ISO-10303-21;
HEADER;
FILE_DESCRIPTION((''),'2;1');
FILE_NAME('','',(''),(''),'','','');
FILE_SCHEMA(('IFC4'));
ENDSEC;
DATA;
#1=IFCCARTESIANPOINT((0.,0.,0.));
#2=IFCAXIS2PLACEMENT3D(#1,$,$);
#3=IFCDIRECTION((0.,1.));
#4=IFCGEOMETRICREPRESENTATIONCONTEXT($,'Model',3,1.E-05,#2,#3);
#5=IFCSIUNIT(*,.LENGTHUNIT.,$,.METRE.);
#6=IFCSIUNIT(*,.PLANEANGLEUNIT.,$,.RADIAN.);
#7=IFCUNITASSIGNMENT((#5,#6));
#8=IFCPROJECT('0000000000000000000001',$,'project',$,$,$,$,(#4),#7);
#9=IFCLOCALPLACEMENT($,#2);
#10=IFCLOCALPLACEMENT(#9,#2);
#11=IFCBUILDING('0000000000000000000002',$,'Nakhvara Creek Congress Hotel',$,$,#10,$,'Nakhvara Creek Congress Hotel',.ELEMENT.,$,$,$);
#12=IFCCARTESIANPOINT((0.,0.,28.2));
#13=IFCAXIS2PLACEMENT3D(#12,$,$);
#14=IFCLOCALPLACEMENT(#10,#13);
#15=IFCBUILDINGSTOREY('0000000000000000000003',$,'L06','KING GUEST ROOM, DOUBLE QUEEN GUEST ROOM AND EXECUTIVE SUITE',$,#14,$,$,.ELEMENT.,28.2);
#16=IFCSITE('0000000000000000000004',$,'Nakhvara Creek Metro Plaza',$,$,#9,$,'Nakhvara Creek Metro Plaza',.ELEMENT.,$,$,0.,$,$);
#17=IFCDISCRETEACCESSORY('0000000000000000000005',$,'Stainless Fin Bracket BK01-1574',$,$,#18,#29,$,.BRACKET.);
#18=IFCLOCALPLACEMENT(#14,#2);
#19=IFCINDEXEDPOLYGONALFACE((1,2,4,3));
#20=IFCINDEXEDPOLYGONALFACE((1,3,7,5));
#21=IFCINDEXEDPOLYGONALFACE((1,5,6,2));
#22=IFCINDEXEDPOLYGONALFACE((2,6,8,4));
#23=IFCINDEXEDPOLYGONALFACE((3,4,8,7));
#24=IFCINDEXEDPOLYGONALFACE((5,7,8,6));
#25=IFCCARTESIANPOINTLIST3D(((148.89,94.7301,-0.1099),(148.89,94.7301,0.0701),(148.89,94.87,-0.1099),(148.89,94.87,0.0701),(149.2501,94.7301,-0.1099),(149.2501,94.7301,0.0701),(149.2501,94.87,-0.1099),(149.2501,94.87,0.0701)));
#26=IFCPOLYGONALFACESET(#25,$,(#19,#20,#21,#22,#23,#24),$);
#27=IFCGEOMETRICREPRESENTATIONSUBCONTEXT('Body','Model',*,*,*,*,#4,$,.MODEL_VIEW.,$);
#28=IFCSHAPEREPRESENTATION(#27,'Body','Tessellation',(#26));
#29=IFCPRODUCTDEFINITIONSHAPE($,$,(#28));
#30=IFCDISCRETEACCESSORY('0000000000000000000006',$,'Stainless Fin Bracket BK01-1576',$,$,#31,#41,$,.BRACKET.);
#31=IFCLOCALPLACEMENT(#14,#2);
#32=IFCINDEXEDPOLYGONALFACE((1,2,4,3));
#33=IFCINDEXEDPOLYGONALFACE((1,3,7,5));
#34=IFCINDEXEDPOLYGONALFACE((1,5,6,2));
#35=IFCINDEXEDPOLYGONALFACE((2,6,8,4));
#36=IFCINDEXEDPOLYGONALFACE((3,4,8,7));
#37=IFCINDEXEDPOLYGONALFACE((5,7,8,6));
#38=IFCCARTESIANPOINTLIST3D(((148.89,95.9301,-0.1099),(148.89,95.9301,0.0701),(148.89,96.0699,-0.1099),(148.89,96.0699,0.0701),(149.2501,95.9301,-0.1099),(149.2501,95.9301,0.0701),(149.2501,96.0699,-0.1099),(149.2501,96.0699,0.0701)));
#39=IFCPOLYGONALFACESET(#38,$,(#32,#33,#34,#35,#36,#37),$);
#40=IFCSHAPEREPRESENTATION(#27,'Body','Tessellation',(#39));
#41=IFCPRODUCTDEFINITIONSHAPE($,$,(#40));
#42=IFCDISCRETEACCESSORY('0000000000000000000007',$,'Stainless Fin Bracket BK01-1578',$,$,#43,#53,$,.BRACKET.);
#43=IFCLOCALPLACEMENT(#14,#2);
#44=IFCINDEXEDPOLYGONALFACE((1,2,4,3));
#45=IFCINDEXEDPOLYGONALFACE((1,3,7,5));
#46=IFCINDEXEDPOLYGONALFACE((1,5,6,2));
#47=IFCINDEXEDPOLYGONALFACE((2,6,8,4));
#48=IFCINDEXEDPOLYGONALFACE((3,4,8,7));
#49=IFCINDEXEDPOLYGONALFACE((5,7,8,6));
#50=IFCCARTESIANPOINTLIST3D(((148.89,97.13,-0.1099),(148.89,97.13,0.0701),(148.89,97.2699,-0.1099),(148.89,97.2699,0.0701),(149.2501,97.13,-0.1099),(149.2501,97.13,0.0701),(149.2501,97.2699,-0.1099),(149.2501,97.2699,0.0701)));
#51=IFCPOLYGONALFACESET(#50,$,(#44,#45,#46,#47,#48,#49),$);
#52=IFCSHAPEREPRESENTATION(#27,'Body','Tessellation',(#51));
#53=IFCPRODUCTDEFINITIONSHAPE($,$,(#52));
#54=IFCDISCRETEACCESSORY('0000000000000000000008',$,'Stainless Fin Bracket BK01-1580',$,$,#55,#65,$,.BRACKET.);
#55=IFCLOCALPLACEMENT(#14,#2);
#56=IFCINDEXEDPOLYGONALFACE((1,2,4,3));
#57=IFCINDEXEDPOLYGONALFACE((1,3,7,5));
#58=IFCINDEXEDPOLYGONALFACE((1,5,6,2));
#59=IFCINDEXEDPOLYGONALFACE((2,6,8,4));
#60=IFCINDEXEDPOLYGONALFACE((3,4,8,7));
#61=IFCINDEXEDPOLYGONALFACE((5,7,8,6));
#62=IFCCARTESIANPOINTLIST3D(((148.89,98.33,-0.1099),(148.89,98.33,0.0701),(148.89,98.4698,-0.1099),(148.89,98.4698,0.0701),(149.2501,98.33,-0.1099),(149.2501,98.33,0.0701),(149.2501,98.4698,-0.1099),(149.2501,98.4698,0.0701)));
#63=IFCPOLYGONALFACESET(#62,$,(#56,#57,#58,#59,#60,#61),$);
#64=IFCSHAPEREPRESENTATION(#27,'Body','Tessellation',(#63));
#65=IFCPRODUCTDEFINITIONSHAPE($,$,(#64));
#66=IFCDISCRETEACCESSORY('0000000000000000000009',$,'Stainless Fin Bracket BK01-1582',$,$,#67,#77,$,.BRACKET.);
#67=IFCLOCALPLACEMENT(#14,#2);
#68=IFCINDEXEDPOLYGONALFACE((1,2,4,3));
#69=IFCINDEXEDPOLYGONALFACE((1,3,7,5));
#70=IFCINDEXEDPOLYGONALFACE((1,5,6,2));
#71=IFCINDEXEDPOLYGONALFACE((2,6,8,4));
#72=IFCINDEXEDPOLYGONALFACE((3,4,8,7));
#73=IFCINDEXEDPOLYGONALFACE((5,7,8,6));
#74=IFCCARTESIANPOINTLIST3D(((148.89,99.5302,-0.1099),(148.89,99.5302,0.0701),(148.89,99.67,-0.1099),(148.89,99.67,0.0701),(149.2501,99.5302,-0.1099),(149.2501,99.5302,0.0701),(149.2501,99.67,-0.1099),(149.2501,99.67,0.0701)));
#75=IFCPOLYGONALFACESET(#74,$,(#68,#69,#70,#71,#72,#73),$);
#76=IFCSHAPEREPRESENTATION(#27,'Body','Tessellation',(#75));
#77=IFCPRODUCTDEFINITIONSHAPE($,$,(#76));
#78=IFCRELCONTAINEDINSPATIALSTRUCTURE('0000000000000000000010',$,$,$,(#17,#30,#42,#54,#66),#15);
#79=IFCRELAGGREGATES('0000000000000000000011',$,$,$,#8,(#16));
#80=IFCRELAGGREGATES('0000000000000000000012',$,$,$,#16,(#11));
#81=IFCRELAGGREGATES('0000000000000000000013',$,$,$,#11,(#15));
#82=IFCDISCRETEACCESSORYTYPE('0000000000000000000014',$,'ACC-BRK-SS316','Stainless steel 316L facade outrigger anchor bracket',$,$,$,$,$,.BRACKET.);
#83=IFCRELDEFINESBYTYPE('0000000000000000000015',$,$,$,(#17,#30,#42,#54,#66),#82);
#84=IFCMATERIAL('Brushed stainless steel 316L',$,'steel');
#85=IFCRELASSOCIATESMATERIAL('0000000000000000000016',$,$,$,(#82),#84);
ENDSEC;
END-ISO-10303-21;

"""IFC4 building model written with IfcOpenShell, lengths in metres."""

from ifc_helpers import new_model, si_unit, direction, frame, origin, origin_2d, place, context, subcontext, project, spatial, rectangle, extrude, material, type_object, element, save


model = new_model("IFC4")

# Units and contexts
model_context = context("Model", 3, precision=1e-05, world=origin(), true_north=direction((0.0, 1.0)))
body_context = subcontext(model_context, "Body", "Model", "MODEL_VIEW")
ifc_project = project(units=[si_unit("LENGTHUNIT", "METRE"), si_unit("PLANEANGLEUNIT", "RADIAN")], contexts=[model_context])

# Site, building, storey
site_placement = place(None, origin())
site = spatial("IfcSite", under=ifc_project, at=site_placement, Name="Nakhvara Creek Metro Plaza", LongName="Nakhvara Creek Metro Plaza", CompositionType="ELEMENT", RefElevation=0.0)
building_placement = place(site_placement, origin())
building = spatial("IfcBuilding", under=site, at=building_placement, Name="Nakhvara Creek Congress Hotel", LongName="Nakhvara Creek Congress Hotel", CompositionType="ELEMENT")
storey_placement = place(building_placement, frame((0.0, 0.0, 28.2)))
storey = spatial("IfcBuildingStorey", under=building, at=storey_placement, Name="L06", Description="KING GUEST ROOM, DOUBLE QUEEN GUEST ROOM AND EXECUTIVE SUITE", CompositionType="ELEMENT", Elevation=28.2)

# Discrete accessories
ifc_material_1 = material(Name="Brushed stainless steel 316L", Category="steel")
discrete_accessory_type = type_object("IfcDiscreteAccessoryType", Name="ACC-BRK-SS316", Description="Stainless steel 316L facade outrigger anchor bracket", PredefinedType="BRACKET", material=ifc_material_1)
for number, where, z_axis, x_axis, name in (
    (1, (149.0701, 94.8, -0.1099), (0.0, 0.0, 1.0), (0.0, 1.0, 0.0), "Stainless Fin Bracket BK01-1574"),
    (2, (149.0701, 96.0, -0.1099), (0.0, 0.0, 1.0), (0.0, 1.0, 0.0), "Stainless Fin Bracket BK01-1576"),
    (3, (149.0701, 97.2, -0.1099), (0.0, 0.0, 1.0), (0.0, 1.0, 0.0), "Stainless Fin Bracket BK01-1578"),
    (4, (149.0701, 98.3999, -0.1099), (0.0, 0.0, 1.0), (0.0, 1.0, 0.0), "Stainless Fin Bracket BK01-1580"),
    (5, (149.0701, 99.6001, -0.1099), (0.0, 0.0, 1.0), (0.0, 1.0, 0.0), "Stainless Fin Bracket BK01-1582"),
):
    element("IfcDiscreteAccessory", number, at=place(storey_placement, frame(where, z_axis=z_axis, x_axis=x_axis)), inside=storey, type_object=discrete_accessory_type, Name=name, PredefinedType="BRACKET", context=body_context, shape_type="SweptSolid", body=[
        extrude(rectangle(XDim=0.1399, YDim=0.3601, at=origin_2d()), origin(), (0.0, 0.0, 1.0), 0.1799),
    ])

save(model, "model.ifc")
